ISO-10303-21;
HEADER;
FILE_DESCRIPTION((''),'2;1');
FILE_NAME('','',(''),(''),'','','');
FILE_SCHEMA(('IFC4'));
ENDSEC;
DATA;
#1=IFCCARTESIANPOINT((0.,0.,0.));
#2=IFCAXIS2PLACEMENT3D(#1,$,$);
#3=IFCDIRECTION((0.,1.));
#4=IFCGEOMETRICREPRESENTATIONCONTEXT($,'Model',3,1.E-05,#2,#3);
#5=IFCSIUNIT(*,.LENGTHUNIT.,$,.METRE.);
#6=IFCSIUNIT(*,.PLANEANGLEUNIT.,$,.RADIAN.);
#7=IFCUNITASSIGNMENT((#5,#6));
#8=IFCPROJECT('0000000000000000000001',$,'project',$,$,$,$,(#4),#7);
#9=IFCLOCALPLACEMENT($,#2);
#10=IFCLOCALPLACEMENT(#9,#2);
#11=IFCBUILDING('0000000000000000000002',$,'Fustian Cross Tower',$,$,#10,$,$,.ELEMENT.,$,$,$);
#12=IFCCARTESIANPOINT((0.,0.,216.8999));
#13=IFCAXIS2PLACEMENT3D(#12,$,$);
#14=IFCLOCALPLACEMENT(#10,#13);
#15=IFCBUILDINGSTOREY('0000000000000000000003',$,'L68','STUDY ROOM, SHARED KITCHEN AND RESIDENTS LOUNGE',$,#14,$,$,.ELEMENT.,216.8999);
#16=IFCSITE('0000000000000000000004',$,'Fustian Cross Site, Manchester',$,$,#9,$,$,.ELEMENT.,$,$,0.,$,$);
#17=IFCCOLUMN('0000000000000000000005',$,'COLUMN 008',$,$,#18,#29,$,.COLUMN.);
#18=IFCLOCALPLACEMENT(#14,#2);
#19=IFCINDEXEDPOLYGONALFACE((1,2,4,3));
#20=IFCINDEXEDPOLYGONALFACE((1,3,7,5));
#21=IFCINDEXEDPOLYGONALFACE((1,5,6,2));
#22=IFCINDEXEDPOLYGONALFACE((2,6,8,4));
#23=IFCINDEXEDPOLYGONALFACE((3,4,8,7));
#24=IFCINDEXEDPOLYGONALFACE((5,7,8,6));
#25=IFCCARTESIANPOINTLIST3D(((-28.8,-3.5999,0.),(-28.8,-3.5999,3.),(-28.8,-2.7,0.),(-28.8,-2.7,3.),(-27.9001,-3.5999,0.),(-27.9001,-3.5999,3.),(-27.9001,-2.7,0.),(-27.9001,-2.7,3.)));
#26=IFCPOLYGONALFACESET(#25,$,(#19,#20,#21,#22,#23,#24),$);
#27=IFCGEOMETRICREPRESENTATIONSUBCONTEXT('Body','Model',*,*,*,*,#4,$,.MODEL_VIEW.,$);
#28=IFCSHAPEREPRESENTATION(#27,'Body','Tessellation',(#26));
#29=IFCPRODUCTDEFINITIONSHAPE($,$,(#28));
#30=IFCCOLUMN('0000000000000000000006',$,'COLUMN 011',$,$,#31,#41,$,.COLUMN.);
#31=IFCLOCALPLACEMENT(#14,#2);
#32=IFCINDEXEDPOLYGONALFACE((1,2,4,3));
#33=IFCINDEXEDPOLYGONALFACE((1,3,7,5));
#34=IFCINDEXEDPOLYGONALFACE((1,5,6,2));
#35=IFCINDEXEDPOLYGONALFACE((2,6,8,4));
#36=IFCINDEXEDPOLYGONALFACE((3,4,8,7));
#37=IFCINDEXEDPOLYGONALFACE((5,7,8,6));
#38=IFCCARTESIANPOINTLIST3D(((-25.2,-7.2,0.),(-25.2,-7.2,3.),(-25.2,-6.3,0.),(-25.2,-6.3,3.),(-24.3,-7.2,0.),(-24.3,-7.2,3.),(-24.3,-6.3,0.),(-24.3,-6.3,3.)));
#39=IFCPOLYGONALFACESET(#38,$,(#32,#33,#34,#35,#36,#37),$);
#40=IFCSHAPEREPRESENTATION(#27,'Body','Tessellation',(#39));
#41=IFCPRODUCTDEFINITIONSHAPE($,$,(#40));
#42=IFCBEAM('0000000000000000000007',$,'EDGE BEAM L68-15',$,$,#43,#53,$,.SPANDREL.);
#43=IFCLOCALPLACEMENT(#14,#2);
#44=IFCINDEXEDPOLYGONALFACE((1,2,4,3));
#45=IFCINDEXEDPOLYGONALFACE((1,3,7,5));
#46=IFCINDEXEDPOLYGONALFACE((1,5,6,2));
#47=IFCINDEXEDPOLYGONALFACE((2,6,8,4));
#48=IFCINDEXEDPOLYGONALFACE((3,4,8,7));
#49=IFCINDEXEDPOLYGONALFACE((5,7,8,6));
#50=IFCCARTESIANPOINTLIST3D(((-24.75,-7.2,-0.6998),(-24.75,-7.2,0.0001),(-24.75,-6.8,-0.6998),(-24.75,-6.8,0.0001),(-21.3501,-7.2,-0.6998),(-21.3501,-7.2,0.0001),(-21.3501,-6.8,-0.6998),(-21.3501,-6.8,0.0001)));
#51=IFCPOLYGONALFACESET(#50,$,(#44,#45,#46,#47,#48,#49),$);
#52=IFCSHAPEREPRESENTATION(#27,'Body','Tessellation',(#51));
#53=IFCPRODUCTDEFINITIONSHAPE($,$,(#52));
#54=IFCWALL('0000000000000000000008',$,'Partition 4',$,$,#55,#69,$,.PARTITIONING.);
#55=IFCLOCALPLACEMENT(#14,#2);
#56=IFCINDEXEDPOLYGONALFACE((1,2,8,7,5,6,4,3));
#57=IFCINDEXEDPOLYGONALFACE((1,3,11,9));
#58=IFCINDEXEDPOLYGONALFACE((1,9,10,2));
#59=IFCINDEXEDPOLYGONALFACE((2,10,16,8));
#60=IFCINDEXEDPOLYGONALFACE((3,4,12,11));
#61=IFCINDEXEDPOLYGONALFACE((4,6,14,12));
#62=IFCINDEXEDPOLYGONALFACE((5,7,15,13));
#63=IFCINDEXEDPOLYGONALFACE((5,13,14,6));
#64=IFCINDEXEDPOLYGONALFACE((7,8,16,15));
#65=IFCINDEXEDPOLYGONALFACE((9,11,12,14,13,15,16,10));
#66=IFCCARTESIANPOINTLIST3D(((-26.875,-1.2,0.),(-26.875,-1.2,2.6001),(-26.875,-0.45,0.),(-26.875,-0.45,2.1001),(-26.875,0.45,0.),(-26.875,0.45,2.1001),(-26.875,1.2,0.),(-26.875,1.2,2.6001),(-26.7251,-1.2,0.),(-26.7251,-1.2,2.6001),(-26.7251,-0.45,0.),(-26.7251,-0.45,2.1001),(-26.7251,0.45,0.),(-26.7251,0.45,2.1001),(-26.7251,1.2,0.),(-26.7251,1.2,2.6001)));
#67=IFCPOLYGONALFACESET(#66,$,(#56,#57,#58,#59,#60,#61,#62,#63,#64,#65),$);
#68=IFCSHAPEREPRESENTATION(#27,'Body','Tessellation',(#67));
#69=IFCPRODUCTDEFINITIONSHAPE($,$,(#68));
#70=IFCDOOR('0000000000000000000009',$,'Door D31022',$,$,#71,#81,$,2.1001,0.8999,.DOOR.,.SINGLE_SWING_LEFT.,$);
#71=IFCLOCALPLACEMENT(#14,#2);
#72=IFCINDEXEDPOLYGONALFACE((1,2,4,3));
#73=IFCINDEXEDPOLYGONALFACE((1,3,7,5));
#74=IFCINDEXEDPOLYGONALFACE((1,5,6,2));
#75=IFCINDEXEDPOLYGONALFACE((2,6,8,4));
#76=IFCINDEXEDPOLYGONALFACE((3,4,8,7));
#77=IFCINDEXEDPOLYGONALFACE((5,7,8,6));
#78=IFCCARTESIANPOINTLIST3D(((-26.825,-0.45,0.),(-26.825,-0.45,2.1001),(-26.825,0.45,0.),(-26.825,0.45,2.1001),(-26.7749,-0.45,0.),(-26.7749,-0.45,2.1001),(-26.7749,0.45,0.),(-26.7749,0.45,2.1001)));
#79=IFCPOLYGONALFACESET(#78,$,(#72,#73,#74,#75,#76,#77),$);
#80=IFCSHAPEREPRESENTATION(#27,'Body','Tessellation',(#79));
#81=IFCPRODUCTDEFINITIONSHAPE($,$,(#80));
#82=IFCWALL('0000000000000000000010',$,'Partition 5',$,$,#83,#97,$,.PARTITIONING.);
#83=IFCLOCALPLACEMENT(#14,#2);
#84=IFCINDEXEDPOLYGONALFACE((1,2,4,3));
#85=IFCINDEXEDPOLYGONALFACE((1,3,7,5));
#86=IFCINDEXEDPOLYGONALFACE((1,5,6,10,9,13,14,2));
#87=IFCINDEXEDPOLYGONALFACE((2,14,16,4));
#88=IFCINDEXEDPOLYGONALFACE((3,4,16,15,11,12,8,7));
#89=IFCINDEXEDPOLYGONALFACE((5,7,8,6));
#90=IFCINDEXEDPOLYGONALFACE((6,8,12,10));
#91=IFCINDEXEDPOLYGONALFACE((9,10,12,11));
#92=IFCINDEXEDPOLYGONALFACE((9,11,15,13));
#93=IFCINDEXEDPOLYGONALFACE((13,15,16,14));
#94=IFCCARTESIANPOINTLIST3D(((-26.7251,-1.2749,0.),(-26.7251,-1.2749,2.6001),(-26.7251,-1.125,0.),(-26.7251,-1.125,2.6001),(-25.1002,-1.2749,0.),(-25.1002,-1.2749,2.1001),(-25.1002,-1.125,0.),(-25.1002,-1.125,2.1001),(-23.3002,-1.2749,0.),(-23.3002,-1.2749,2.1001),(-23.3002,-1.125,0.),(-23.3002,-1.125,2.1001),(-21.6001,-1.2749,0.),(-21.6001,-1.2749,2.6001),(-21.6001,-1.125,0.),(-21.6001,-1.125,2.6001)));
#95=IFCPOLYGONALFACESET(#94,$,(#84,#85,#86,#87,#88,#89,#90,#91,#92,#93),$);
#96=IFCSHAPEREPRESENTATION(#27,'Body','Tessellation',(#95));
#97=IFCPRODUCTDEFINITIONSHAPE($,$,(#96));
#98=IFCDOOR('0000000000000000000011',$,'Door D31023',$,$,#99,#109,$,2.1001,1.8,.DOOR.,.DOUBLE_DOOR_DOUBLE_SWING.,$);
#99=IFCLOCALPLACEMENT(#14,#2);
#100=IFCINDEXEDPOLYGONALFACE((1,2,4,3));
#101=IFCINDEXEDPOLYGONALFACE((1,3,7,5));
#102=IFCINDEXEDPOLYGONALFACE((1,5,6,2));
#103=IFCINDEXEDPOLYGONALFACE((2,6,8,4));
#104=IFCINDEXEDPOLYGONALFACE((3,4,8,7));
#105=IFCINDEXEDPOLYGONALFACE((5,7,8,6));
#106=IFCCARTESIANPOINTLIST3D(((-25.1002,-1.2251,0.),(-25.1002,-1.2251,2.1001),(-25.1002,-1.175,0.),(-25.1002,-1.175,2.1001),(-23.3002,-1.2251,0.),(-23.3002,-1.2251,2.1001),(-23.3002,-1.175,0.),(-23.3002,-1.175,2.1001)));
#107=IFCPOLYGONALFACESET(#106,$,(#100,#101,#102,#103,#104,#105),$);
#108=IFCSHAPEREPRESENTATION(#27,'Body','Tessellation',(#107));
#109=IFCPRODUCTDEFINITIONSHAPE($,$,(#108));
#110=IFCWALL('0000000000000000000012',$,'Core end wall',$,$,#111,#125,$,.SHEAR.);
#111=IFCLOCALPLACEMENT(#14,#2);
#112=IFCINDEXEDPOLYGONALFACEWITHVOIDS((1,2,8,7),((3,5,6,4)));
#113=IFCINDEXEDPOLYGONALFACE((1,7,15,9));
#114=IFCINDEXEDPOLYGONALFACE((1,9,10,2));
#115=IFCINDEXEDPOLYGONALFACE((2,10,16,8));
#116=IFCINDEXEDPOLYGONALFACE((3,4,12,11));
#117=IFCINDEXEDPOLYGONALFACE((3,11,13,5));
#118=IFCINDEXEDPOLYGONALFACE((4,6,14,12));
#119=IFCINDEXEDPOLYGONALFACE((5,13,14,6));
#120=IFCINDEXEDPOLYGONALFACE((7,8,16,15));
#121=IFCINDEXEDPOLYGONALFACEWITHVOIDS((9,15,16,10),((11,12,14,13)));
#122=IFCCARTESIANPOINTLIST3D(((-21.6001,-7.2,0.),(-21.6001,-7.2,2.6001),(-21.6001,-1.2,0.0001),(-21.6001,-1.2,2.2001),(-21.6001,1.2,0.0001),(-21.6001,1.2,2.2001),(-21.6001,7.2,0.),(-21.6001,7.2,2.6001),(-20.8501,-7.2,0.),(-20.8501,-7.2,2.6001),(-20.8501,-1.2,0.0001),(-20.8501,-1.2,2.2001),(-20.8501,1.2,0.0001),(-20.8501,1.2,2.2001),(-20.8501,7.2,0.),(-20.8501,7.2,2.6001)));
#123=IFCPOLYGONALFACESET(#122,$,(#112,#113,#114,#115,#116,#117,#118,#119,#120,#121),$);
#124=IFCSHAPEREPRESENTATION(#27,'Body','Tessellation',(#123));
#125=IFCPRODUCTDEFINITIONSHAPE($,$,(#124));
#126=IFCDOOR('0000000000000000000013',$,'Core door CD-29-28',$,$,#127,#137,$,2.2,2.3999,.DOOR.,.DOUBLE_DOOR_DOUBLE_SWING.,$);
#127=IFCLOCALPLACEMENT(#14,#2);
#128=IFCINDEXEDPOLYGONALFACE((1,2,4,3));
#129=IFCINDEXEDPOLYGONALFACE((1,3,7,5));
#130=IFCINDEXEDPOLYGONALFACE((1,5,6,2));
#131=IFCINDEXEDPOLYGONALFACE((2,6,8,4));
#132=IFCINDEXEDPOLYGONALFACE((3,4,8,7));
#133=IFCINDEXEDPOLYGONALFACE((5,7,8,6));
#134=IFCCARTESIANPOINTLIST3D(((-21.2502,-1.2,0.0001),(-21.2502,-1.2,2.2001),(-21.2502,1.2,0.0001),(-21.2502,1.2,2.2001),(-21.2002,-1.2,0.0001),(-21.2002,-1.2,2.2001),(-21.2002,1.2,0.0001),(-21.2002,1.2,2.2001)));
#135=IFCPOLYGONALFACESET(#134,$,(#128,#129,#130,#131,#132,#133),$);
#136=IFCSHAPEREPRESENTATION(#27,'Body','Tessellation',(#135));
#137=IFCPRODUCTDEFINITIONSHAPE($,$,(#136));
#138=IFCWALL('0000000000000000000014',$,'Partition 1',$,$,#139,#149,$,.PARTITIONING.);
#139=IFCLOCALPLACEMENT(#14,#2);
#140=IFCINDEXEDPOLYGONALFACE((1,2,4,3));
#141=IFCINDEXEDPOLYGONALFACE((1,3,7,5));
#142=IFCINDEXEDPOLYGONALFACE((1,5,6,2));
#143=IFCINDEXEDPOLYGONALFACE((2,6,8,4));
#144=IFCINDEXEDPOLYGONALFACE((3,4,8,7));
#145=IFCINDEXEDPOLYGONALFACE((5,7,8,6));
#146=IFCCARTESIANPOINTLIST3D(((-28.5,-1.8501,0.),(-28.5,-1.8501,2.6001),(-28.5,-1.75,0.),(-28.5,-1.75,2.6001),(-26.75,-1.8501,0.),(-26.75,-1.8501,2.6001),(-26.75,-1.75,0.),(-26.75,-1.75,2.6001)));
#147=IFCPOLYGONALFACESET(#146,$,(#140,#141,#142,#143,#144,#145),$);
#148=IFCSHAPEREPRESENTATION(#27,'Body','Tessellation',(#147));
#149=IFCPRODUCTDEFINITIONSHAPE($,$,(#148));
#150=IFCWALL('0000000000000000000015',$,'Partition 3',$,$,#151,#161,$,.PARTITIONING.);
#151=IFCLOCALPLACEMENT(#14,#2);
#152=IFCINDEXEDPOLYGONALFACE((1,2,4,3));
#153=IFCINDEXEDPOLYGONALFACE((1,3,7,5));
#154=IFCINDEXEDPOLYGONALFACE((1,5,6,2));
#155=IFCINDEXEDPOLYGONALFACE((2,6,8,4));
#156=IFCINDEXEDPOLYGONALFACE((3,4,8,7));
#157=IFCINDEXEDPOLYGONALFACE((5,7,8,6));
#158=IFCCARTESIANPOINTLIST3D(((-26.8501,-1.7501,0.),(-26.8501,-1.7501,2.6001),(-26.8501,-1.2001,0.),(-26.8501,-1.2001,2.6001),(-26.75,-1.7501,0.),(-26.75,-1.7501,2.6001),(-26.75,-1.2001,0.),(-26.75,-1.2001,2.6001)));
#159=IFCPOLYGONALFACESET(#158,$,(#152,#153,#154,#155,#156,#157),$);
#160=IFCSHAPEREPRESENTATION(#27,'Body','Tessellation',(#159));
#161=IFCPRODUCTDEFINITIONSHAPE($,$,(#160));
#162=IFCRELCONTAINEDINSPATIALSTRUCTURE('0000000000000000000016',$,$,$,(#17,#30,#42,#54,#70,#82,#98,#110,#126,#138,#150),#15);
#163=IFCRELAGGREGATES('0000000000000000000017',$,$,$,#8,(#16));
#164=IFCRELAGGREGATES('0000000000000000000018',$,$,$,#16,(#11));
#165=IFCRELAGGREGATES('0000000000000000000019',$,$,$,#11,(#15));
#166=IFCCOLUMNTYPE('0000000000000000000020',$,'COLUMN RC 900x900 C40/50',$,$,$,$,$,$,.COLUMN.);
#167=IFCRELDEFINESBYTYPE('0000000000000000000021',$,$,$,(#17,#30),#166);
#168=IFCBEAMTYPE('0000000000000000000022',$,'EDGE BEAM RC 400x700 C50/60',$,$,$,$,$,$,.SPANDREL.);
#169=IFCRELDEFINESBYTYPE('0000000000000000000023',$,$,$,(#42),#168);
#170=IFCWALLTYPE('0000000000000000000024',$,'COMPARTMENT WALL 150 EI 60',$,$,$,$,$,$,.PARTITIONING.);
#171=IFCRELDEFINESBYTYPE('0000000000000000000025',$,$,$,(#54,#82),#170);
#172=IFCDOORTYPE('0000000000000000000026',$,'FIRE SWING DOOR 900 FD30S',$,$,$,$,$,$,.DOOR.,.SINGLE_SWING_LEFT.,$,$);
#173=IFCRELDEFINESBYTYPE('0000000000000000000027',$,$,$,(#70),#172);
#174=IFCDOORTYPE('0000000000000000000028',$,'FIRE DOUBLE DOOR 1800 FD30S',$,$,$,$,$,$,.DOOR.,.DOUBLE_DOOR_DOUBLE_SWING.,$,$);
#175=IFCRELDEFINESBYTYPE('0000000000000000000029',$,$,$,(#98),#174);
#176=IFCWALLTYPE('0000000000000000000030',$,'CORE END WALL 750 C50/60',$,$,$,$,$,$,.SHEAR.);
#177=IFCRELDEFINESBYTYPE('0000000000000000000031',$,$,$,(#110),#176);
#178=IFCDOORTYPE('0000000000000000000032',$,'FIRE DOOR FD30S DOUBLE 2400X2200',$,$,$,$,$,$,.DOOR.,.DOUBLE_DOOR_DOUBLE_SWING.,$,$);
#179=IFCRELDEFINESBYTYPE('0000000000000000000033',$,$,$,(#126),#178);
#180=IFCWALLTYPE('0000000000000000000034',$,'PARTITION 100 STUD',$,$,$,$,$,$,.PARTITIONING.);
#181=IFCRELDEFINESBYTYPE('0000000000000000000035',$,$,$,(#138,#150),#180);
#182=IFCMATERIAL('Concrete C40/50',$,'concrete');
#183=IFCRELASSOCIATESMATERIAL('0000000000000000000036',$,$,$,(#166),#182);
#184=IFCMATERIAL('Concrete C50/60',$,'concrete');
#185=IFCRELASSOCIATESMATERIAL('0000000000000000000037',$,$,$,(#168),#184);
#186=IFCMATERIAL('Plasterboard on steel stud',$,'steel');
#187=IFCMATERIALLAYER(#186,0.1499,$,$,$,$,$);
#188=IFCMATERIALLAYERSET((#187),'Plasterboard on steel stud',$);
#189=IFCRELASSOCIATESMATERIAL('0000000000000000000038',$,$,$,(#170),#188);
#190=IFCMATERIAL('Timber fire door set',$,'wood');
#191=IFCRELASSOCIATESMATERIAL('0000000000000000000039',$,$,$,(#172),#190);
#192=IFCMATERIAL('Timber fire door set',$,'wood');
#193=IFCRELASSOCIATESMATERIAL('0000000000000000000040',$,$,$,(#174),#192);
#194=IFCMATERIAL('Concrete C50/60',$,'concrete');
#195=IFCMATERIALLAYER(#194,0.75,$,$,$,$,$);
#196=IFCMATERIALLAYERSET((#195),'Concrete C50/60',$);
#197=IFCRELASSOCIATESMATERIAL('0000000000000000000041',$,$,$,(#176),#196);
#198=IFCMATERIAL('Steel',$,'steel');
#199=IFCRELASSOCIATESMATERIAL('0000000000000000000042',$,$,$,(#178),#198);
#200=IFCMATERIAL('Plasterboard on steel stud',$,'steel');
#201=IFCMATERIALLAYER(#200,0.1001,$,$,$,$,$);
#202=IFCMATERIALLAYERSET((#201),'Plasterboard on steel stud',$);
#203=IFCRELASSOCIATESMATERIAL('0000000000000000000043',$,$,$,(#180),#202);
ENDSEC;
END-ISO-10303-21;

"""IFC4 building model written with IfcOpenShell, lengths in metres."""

from ifc_helpers import new_model, si_unit, direction, frame, frame_2d, origin, origin_2d, place, context, subcontext, project, spatial, rectangle, extrude, material, layer, layer_set, material_profile, profile_set, type_object, element, fill, save


model = new_model("IFC4")

# Units and contexts
model_context = context("Model", 3, precision=1e-05, world=origin(), true_north=direction((0.0, 1.0)))
body_context = subcontext(model_context, "Body", "Model", "MODEL_VIEW")
ifc_project = project(units=[si_unit("LENGTHUNIT", "METRE"), si_unit("PLANEANGLEUNIT", "RADIAN")], contexts=[model_context])

# Site, building, storey
site_placement = place(None, origin())
site = spatial("IfcSite", under=ifc_project, at=site_placement, Name="Fustian Cross Site, Manchester", CompositionType="ELEMENT", RefElevation=0.0)
building_placement = place(site_placement, origin())
building = spatial("IfcBuilding", under=site, at=building_placement, Name="Fustian Cross Tower", CompositionType="ELEMENT")
storey_placement = place(building_placement, frame((0.0, 0.0, 216.8999)))
storey = spatial("IfcBuildingStorey", under=building, at=storey_placement, Name="L68", Description="STUDY ROOM, SHARED KITCHEN AND RESIDENTS LOUNGE", CompositionType="ELEMENT", Elevation=216.8999)

# Columns
ifc_material_1 = material(Name="Concrete C40/50", Category="concrete")
ifc_material_profile_1 = material_profile(ifc_material_1, rectangle(XDim=0.8999, YDim=0.8999, at=origin_2d()), Name="RC 900x900")
ifc_profile_set_1 = profile_set([ifc_material_profile_1], Name="Concrete C40/50")
column_type = type_object("IfcColumnType", Name="COLUMN RC 900x900 C40/50", PredefinedType="COLUMN", material=ifc_profile_set_1)
for number, where, z_axis, x_axis, name in (
    (1, (-28.3501, -3.1499, 0.0), (0.0, 0.0, 1.0), (1.0, 0.0, 0.0), "COLUMN 008"),
    (2, (-24.75, -6.75, 0.0), (0.0, 0.0, 1.0), (1.0, 0.0, 0.0), "COLUMN 011"),
):
    element("IfcColumn", number, at=place(storey_placement, frame(where, z_axis=z_axis, x_axis=x_axis)), inside=storey, type_object=column_type, Name=name, PredefinedType="COLUMN", context=body_context, shape_type="SweptSolid", body=[
        extrude(rectangle(XDim=0.8999, YDim=0.8999, at=origin_2d()), origin(), (0.0, 0.0, 1.0), 3.0),
    ])

# Beam
ifc_material_2 = material(Name="Concrete C50/60", Category="concrete")
ifc_material_profile_2 = material_profile(ifc_material_2, rectangle(XDim=0.3999, YDim=0.7, at=origin_2d()), Name="RC 400x700")
ifc_profile_set_2 = profile_set([ifc_material_profile_2], Name="Concrete C50/60")
beam_type = type_object("IfcBeamType", Name="EDGE BEAM RC 400x700 C50/60", PredefinedType="SPANDREL", material=ifc_profile_set_2)
beam_placement = place(storey_placement, frame((-24.75, -7.0, -0.3499), z_axis=(1.0, 0.0, 0.0), x_axis=(0.0, 1.0, 0.0)))
element("IfcBeam", 3, at=beam_placement, inside=storey, type_object=beam_type, Name="EDGE BEAM L68-15", PredefinedType="SPANDREL", context=body_context, shape_type="SweptSolid", body=[
    extrude(rectangle(XDim=0.3999, YDim=0.7, at=origin_2d()), origin(), (0.0, 0.0, 1.0), 3.3999),
])

# Walls, openings, doors
ifc_material_3 = material(Name="Plasterboard on steel stud", Category="steel")
ifc_layer_1 = layer(ifc_material_3, 0.1499)
ifc_layer_set_1 = layer_set([ifc_layer_1], Name="Plasterboard on steel stud")
wall_type_1 = type_object("IfcWallType", Name="COMPARTMENT WALL 150 EI 60", PredefinedType="PARTITIONING", material=ifc_layer_set_1)
wall_1_placement = place(storey_placement, frame((-26.8, -1.2, 0.0), z_axis=(0.0, 0.0, 1.0), x_axis=(0.0, 1.0, 0.0)))
wall_1 = element("IfcWall", 4, at=wall_1_placement, inside=storey, type_object=wall_type_1, Name="Partition 4", PredefinedType="PARTITIONING", context=body_context, shape_type="SweptSolid", body=[
    extrude(rectangle(XDim=2.3999, YDim=0.1499, at=frame_2d((1.2, 0.0))), origin(), (0.0, 0.0, 1.0), 2.6001),
])
opening_1_placement = place(wall_1_placement, frame((0.75, 0.0, 0.0)))
opening_1 = element("IfcOpeningElement", 5, at=opening_1_placement, cuts=wall_1, PredefinedType="OPENING", context=body_context, shape_type="SweptSolid", body=[
    extrude(rectangle(XDim=0.8999, YDim=2.1001, at=frame_2d((0.45, 1.05))), frame((0.0, 0.085, 0.0), z_axis=(0.0, -1.0, 0.0), x_axis=(1.0, 0.0, 0.0)), (0.0, 0.0, 1.0), 0.1699),
])
ifc_material_4 = material(Name="Timber fire door set", Category="wood")
door_type_1 = type_object("IfcDoorType", Name="FIRE SWING DOOR 900 FD30S", OperationType="SINGLE_SWING_LEFT", PredefinedType="DOOR", material=ifc_material_4)
door_1_placement = place(opening_1_placement, origin())
door_1 = element("IfcDoor", 6, at=door_1_placement, inside=storey, type_object=door_type_1, Name="Door D31022", OperationType="SINGLE_SWING_LEFT", OverallHeight=2.1001, OverallWidth=0.8999, PredefinedType="DOOR", context=body_context, shape_type="SweptSolid", body=[
    extrude(rectangle(XDim=0.8999, YDim=2.1001, at=frame_2d((0.45, 1.05))), frame((0.0, 0.0249, 0.0), z_axis=(0.0, -1.0, 0.0), x_axis=(1.0, 0.0, 0.0)), (0.0, 0.0, 1.0), 0.05),
])
fill(opening_1, door_1)
wall_2_placement = place(storey_placement, frame((-26.7251, -1.2, 0.0), z_axis=(0.0, 0.0, 1.0), x_axis=(1.0, 0.0, 0.0)))
wall_2 = element("IfcWall", 7, at=wall_2_placement, inside=storey, type_object=wall_type_1, Name="Partition 5", PredefinedType="PARTITIONING", context=body_context, shape_type="SweptSolid", body=[
    extrude(rectangle(XDim=5.125, YDim=0.1499, at=frame_2d((2.5625, 0.0))), origin(), (0.0, 0.0, 1.0), 2.6001),
])
opening_2_placement = place(wall_2_placement, frame((1.625, 0.0, 0.0)))
opening_2 = element("IfcOpeningElement", 8, at=opening_2_placement, cuts=wall_2, PredefinedType="OPENING", context=body_context, shape_type="SweptSolid", body=[
    extrude(rectangle(XDim=1.8, YDim=2.1001, at=frame_2d((0.8999, 1.05))), frame((0.0, 0.085, 0.0), z_axis=(0.0, -1.0, 0.0), x_axis=(1.0, 0.0, 0.0)), (0.0, 0.0, 1.0), 0.1699),
])
ifc_material_5 = material(Name="Timber fire door set", Category="wood")
door_type_2 = type_object("IfcDoorType", Name="FIRE DOUBLE DOOR 1800 FD30S", OperationType="DOUBLE_DOOR_DOUBLE_SWING", PredefinedType="DOOR", material=ifc_material_5)
door_2_placement = place(opening_2_placement, origin())
door_2 = element("IfcDoor", 9, at=door_2_placement, inside=storey, type_object=door_type_2, Name="Door D31023", OperationType="DOUBLE_DOOR_DOUBLE_SWING", OverallHeight=2.1001, OverallWidth=1.8, PredefinedType="DOOR", context=body_context, shape_type="SweptSolid", body=[
    extrude(rectangle(XDim=1.8, YDim=2.1001, at=frame_2d((0.8999, 1.05))), frame((0.0, 0.0249, 0.0), z_axis=(0.0, -1.0, 0.0), x_axis=(1.0, 0.0, 0.0)), (0.0, 0.0, 1.0), 0.05),
])
fill(opening_2, door_2)
ifc_material_6 = material(Name="Concrete C50/60", Category="concrete")
ifc_layer_2 = layer(ifc_material_6, 0.75)
ifc_layer_set_2 = layer_set([ifc_layer_2], Name="Concrete C50/60")
wall_type_2 = type_object("IfcWallType", Name="CORE END WALL 750 C50/60", PredefinedType="SHEAR", material=ifc_layer_set_2)
wall_3_placement = place(storey_placement, frame((-21.2251, -7.2, 0.0), z_axis=(0.0, 0.0, 1.0), x_axis=(0.0, 1.0, 0.0)))
wall_3 = element("IfcWall", 10, at=wall_3_placement, inside=storey, type_object=wall_type_2, Name="Core end wall", PredefinedType="SHEAR", context=body_context, shape_type="SweptSolid", body=[
    extrude(rectangle(XDim=14.3999, YDim=0.75, at=frame_2d((7.2, 0.0))), origin(), (0.0, 0.0, 1.0), 2.6001),
])
opening_3_placement = place(wall_3_placement, frame((6.0, 0.0, 0.0)))
opening_3 = element("IfcOpeningElement", 11, at=opening_3_placement, cuts=wall_3, PredefinedType="OPENING", context=body_context, shape_type="SweptSolid", body=[
    extrude(rectangle(XDim=2.3999, YDim=2.2, at=frame_2d((1.2, 1.1001))), frame((0.0, 0.385, 0.0), z_axis=(0.0, -1.0, 0.0), x_axis=(1.0, 0.0, 0.0)), (0.0, 0.0, 1.0), 0.77),
])
ifc_material_7 = material(Name="Steel", Category="steel")
door_type_3 = type_object("IfcDoorType", Name="FIRE DOOR FD30S DOUBLE 2400X2200", OperationType="DOUBLE_DOOR_DOUBLE_SWING", PredefinedType="DOOR", material=ifc_material_7)
door_3_placement = place(opening_3_placement, frame((2.3999, 0.0, 0.0), z_axis=(0.0, 0.0, 1.0), x_axis=(-1.0, 0.0, 0.0)))
door_3 = element("IfcDoor", 12, at=door_3_placement, inside=storey, type_object=door_type_3, Name="Core door CD-29-28", OperationType="DOUBLE_DOOR_DOUBLE_SWING", OverallHeight=2.2, OverallWidth=2.3999, PredefinedType="DOOR", context=body_context, shape_type="SweptSolid", body=[
    extrude(rectangle(XDim=2.3999, YDim=2.2, at=frame_2d((1.2, 1.1001))), frame((0.0, 0.0249, 0.0), z_axis=(0.0, -1.0, 0.0), x_axis=(1.0, 0.0, 0.0)), (0.0, 0.0, 1.0), 0.05),
])
fill(opening_3, door_3)

# Walls
ifc_material_8 = material(Name="Plasterboard on steel stud", Category="steel")
ifc_layer_3 = layer(ifc_material_8, 0.1001)
ifc_layer_set_3 = layer_set([ifc_layer_3], Name="Plasterboard on steel stud")
wall_type_3 = type_object("IfcWallType", Name="PARTITION 100 STUD", PredefinedType="PARTITIONING", material=ifc_layer_set_3)
wall_4_placement = place(storey_placement, frame((-28.5, -1.8, 0.0), z_axis=(0.0, 0.0, 1.0), x_axis=(1.0, 0.0, 0.0)))
element("IfcWall", 13, at=wall_4_placement, inside=storey, type_object=wall_type_3, Name="Partition 1", PredefinedType="PARTITIONING", context=body_context, shape_type="SweptSolid", body=[
    extrude(rectangle(XDim=1.75, YDim=0.1001, at=frame_2d((0.875, 0.0))), origin(), (0.0, 0.0, 1.0), 2.6001),
])
wall_5_placement = place(storey_placement, frame((-26.8, -1.75, 0.0), z_axis=(0.0, 0.0, 1.0), x_axis=(0.0, 1.0, 0.0)))
element("IfcWall", 14, at=wall_5_placement, inside=storey, type_object=wall_type_3, Name="Partition 3", PredefinedType="PARTITIONING", context=body_context, shape_type="SweptSolid", body=[
    extrude(rectangle(XDim=0.55, YDim=0.1001, at=frame_2d((0.2749, 0.0))), origin(), (0.0, 0.0, 1.0), 2.6001),
])

save(model, "model.ifc")
